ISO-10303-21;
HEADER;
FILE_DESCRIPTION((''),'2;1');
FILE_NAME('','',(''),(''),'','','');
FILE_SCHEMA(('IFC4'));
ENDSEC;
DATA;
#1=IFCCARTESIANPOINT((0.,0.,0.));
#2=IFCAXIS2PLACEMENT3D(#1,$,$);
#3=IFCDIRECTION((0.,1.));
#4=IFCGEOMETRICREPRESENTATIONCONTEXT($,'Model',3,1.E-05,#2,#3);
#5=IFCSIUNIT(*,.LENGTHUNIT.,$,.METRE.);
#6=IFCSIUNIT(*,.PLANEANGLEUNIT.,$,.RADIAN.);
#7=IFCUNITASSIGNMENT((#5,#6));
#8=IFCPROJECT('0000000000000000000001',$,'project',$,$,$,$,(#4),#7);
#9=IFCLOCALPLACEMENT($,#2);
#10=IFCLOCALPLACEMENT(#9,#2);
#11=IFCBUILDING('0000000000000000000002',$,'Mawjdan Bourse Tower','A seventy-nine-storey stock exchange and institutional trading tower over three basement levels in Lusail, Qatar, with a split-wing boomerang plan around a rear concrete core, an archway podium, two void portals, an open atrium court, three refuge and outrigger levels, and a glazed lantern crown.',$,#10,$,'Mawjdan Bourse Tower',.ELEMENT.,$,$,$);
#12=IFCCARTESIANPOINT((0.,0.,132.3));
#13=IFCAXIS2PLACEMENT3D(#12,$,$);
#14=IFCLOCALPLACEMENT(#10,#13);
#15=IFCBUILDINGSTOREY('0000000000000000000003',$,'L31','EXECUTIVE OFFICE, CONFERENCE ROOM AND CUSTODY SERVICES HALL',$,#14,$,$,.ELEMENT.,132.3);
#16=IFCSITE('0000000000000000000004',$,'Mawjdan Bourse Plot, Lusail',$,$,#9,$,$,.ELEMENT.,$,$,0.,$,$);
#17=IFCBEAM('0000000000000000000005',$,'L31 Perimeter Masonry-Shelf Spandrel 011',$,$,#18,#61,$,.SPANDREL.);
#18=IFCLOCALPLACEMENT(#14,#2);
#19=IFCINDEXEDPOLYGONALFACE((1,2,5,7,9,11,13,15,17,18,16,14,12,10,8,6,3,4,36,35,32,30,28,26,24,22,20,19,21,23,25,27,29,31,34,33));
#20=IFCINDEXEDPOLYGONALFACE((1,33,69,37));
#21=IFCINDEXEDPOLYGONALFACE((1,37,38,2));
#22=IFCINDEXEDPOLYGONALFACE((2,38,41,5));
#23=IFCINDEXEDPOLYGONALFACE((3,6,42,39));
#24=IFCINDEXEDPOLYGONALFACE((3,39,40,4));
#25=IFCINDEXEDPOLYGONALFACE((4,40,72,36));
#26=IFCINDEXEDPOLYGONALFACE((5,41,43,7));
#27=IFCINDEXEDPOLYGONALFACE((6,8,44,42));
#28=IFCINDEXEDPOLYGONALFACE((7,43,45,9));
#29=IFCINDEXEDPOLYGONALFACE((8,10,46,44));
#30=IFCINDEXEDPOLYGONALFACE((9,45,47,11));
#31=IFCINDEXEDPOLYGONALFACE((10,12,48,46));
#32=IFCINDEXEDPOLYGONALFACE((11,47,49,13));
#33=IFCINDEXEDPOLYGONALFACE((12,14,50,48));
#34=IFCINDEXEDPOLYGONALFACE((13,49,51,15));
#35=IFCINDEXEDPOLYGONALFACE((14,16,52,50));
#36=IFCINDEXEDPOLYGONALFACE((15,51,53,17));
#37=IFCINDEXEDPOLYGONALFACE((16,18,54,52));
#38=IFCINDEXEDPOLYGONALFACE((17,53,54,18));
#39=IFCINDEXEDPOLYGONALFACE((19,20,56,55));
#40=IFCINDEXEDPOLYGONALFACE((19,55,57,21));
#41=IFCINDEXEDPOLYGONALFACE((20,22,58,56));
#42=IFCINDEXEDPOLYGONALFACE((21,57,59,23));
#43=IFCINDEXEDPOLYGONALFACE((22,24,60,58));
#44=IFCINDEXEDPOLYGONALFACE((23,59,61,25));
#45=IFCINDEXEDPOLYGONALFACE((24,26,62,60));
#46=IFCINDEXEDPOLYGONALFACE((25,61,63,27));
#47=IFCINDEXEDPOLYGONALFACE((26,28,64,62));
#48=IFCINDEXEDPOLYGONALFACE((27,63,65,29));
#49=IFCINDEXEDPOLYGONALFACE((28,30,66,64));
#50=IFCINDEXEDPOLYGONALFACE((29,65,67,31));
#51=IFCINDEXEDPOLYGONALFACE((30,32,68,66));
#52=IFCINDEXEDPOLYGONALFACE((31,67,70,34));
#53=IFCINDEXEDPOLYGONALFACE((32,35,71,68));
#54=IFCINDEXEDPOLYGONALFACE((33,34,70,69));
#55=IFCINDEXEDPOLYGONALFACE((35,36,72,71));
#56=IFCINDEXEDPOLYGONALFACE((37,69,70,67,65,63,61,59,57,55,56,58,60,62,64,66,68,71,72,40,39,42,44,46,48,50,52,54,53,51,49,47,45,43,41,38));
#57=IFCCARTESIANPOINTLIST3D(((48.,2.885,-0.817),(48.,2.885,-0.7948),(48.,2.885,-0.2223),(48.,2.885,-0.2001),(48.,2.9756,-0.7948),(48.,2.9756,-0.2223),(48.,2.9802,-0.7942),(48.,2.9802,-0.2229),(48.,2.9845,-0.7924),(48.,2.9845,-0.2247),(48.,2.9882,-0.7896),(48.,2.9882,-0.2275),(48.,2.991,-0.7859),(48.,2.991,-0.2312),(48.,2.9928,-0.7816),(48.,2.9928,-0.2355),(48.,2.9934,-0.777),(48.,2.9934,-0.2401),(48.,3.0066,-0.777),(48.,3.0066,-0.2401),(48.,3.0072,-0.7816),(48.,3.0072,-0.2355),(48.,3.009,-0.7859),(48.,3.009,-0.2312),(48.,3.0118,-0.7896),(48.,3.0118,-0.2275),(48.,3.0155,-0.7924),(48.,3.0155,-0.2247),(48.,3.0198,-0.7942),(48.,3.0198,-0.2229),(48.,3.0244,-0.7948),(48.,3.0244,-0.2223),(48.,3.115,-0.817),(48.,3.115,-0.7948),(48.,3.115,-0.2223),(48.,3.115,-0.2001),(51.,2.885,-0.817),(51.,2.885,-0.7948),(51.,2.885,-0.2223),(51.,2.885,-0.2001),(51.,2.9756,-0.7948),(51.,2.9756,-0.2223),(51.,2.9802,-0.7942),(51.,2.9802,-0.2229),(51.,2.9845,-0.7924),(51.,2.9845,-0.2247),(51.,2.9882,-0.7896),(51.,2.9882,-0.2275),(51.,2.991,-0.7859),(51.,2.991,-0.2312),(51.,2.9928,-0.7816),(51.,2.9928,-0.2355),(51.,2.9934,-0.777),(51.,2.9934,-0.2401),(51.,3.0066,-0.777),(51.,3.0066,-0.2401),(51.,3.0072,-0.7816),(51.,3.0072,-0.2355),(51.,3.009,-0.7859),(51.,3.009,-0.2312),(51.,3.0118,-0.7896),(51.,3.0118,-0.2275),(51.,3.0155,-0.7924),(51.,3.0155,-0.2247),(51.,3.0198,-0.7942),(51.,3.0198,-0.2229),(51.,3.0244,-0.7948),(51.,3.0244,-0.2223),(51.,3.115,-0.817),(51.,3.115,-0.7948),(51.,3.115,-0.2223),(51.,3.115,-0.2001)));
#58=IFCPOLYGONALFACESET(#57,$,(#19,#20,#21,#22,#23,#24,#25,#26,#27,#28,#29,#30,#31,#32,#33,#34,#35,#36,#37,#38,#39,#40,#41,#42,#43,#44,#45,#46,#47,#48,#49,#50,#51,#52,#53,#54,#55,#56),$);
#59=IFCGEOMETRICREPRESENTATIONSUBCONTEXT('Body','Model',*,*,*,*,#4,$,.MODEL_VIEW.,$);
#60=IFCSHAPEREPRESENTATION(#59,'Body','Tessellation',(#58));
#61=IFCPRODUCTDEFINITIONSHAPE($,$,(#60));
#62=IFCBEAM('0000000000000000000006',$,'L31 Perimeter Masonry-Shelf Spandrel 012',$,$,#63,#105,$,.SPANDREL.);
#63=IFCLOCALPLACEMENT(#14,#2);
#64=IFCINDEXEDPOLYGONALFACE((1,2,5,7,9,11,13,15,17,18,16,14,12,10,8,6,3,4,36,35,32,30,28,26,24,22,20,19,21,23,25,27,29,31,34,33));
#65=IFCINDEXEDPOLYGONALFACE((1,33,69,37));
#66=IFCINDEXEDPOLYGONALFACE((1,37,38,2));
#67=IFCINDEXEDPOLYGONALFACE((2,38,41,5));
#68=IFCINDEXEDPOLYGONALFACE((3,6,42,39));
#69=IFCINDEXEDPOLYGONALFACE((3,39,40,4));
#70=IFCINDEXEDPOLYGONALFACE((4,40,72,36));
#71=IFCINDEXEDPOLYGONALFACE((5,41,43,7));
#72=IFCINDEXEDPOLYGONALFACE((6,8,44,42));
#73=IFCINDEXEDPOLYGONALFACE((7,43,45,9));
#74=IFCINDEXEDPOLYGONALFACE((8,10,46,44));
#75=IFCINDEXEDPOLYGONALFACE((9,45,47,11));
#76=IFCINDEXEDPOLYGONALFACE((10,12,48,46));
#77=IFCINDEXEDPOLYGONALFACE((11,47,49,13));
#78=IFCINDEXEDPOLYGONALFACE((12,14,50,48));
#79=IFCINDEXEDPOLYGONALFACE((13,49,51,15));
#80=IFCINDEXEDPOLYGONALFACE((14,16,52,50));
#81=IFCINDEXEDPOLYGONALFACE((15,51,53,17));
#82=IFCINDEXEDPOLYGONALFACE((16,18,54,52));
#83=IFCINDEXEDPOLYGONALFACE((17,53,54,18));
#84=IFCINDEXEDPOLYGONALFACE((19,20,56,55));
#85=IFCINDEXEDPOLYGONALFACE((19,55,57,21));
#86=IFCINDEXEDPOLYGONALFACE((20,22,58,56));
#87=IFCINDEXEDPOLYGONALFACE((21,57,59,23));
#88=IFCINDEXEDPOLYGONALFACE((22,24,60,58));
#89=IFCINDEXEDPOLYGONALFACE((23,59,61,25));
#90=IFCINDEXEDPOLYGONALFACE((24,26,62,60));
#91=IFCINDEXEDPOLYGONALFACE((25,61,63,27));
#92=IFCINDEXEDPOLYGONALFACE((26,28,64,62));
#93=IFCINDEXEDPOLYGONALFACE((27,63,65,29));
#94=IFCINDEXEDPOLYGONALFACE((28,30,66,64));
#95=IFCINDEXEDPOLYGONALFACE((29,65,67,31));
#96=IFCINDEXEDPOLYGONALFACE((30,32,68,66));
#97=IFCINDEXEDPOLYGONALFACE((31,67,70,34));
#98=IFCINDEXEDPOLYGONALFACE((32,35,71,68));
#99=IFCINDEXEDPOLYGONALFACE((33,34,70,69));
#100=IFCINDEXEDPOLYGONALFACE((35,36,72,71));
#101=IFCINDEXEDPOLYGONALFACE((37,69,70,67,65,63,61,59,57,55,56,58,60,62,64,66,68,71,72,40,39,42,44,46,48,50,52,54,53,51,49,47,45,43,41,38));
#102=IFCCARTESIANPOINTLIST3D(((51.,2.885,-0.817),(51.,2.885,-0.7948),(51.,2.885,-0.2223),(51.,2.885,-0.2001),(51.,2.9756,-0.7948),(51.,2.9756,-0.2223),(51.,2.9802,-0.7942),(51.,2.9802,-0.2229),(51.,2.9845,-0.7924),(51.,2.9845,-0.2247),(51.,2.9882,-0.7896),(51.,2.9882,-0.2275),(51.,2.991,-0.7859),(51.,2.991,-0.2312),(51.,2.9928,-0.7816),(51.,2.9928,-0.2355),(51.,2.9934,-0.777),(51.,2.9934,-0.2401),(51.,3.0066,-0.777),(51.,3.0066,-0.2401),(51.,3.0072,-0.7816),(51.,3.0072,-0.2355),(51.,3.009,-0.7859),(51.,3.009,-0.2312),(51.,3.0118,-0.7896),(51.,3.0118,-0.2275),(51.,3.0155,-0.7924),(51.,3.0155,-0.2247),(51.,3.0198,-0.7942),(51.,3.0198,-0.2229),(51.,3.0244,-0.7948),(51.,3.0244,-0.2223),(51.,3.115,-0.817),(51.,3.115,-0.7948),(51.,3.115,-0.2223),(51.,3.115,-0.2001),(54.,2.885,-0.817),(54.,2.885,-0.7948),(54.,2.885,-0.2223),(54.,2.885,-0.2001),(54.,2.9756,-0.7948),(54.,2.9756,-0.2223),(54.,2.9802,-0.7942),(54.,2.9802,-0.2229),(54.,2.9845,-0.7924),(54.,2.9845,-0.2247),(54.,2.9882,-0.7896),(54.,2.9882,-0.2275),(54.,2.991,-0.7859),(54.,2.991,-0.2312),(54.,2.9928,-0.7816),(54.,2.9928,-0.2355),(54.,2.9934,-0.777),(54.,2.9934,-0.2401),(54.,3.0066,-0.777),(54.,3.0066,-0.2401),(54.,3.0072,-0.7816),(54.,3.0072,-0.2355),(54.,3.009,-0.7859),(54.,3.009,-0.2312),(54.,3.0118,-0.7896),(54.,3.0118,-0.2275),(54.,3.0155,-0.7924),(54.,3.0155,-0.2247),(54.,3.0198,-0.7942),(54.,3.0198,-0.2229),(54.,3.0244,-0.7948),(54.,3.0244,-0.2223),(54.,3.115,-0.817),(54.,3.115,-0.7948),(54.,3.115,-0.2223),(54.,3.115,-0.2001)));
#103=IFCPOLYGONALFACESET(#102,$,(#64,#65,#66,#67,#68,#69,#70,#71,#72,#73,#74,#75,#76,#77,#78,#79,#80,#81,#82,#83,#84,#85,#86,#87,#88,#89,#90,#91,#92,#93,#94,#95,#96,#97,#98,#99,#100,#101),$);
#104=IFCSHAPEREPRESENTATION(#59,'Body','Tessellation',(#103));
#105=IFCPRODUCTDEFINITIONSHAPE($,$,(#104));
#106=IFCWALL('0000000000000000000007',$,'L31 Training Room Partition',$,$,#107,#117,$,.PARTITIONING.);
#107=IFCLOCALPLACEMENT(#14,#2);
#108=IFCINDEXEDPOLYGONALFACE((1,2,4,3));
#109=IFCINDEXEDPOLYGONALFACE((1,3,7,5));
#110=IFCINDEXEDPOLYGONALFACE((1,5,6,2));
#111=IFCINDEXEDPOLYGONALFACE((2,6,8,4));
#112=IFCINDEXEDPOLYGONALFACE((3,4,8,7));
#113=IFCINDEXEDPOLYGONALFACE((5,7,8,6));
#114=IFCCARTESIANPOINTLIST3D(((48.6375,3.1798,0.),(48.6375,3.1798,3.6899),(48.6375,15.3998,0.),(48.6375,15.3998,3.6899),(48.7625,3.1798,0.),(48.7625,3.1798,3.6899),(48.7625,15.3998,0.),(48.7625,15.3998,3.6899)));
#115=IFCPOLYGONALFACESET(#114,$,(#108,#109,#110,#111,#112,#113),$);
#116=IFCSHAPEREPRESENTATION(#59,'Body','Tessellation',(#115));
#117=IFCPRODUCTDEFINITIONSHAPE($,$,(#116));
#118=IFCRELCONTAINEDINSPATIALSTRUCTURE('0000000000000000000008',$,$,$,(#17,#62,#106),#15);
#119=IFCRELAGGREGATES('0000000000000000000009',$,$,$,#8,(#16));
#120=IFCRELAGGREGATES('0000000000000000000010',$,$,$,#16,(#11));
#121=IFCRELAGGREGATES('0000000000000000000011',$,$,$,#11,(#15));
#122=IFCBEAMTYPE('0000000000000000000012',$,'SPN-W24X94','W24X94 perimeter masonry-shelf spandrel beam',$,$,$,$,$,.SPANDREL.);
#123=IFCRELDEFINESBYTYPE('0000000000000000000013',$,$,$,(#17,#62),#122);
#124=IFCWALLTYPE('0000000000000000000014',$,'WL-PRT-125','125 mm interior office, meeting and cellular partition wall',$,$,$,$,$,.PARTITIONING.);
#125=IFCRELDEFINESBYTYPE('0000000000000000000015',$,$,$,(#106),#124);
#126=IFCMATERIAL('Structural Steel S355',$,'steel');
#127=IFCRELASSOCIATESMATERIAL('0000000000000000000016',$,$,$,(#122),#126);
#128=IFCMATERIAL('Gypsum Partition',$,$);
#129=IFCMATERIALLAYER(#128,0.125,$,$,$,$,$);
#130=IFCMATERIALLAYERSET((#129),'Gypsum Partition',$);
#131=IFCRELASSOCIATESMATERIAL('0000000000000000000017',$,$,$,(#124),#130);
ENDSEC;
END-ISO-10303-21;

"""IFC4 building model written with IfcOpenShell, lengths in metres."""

from ifc_helpers import new_model, si_unit, direction, frame, frame_2d, origin, origin_2d, place, context, subcontext, project, spatial, rectangle, i_section, extrude, material, layer, layer_set, material_profile, profile_set, type_object, element, save


model = new_model("IFC4")

# Units and contexts
model_context = context("Model", 3, precision=1e-05, world=origin(), true_north=direction((0.0, 1.0)))
body_context = subcontext(model_context, "Body", "Model", "MODEL_VIEW")
ifc_project = project(units=[si_unit("LENGTHUNIT", "METRE"), si_unit("PLANEANGLEUNIT", "RADIAN")], contexts=[model_context])

# Site, building, storey
site_placement = place(None, origin())
site = spatial("IfcSite", under=ifc_project, at=site_placement, Name="Mawjdan Bourse Plot, Lusail", CompositionType="ELEMENT", RefElevation=0.0)
building_placement = place(site_placement, origin())
building = spatial("IfcBuilding", under=site, at=building_placement, Name="Mawjdan Bourse Tower", Description="A seventy-nine-storey stock exchange and institutional trading tower over three basement levels in Lusail, Qatar, with a split-wing boomerang plan around a rear concrete core, an archway podium, two void portals, an open atrium court, three refuge and outrigger levels, and a glazed lantern crown.", LongName="Mawjdan Bourse Tower", CompositionType="ELEMENT")
storey_placement = place(building_placement, frame((0.0, 0.0, 132.3)))
storey = spatial("IfcBuildingStorey", under=building, at=storey_placement, Name="L31", Description="EXECUTIVE OFFICE, CONFERENCE ROOM AND CUSTODY SERVICES HALL", CompositionType="ELEMENT", Elevation=132.3)

# Shared definitions
ifc_material_1 = material(Name="Structural Steel S355", Category="steel")

# Beams
ifc_material_profile_1 = material_profile(ifc_material_1, i_section(OverallWidth=0.23, OverallDepth=0.6169, WebThickness=0.0132, FlangeThickness=0.0222, FilletRadius=0.0178, at=origin_2d()), Name="W24X94")
ifc_profile_set_1 = profile_set([ifc_material_profile_1], Name="Structural Steel S355")
beam_type_1 = type_object("IfcBeamType", Name="SPN-W24X94", Description="W24X94 perimeter masonry-shelf spandrel beam", PredefinedType="SPANDREL", material=ifc_profile_set_1)
for number, where, z_axis, x_axis, name in (
    (1, (48.0, 3.0, -0.5085), (1.0, 0.0, 0.0), (0.0, 1.0, 0.0), "L31 Perimeter Masonry-Shelf Spandrel 011"),
    (2, (51.0, 3.0, -0.5085), (1.0, 0.0, 0.0), (0.0, 1.0, 0.0), "L31 Perimeter Masonry-Shelf Spandrel 012"),
):
    element("IfcBeam", number, at=place(storey_placement, frame(where, z_axis=z_axis, x_axis=x_axis)), inside=storey, type_object=beam_type_1, Name=name, PredefinedType="SPANDREL", context=body_context, shape_type="SweptSolid", body=[
        extrude(i_section(OverallWidth=0.23, OverallDepth=0.6169, WebThickness=0.0132, FlangeThickness=0.0222, FilletRadius=0.0178, at=origin_2d()), origin(), (0.0, 0.0, 1.0), 3.0),
    ])

# Wall
ifc_material_2 = material(Name="Gypsum Partition")
ifc_layer_1 = layer(ifc_material_2, 0.125)
ifc_layer_set_1 = layer_set([ifc_layer_1], Name="Gypsum Partition")
wall_type_1 = type_object("IfcWallType", Name="WL-PRT-125", Description="125 mm interior office, meeting and cellular partition wall", PredefinedType="PARTITIONING", material=ifc_layer_set_1)
wall_1_placement = place(storey_placement, frame((48.7, 3.1799, 0.0), z_axis=(0.0, 0.0, 1.0), x_axis=(0.0, 1.0, 0.0)))
element("IfcWall", 3, at=wall_1_placement, inside=storey, type_object=wall_type_1, Name="L31 Training Room Partition", PredefinedType="PARTITIONING", context=body_context, shape_type="SweptSolid", body=[
    extrude(rectangle(XDim=12.22, YDim=0.125, at=frame_2d((6.1099, 0.0))), origin(), (0.0, 0.0, 1.0), 3.6899),
])

save(model, "model.ifc")
